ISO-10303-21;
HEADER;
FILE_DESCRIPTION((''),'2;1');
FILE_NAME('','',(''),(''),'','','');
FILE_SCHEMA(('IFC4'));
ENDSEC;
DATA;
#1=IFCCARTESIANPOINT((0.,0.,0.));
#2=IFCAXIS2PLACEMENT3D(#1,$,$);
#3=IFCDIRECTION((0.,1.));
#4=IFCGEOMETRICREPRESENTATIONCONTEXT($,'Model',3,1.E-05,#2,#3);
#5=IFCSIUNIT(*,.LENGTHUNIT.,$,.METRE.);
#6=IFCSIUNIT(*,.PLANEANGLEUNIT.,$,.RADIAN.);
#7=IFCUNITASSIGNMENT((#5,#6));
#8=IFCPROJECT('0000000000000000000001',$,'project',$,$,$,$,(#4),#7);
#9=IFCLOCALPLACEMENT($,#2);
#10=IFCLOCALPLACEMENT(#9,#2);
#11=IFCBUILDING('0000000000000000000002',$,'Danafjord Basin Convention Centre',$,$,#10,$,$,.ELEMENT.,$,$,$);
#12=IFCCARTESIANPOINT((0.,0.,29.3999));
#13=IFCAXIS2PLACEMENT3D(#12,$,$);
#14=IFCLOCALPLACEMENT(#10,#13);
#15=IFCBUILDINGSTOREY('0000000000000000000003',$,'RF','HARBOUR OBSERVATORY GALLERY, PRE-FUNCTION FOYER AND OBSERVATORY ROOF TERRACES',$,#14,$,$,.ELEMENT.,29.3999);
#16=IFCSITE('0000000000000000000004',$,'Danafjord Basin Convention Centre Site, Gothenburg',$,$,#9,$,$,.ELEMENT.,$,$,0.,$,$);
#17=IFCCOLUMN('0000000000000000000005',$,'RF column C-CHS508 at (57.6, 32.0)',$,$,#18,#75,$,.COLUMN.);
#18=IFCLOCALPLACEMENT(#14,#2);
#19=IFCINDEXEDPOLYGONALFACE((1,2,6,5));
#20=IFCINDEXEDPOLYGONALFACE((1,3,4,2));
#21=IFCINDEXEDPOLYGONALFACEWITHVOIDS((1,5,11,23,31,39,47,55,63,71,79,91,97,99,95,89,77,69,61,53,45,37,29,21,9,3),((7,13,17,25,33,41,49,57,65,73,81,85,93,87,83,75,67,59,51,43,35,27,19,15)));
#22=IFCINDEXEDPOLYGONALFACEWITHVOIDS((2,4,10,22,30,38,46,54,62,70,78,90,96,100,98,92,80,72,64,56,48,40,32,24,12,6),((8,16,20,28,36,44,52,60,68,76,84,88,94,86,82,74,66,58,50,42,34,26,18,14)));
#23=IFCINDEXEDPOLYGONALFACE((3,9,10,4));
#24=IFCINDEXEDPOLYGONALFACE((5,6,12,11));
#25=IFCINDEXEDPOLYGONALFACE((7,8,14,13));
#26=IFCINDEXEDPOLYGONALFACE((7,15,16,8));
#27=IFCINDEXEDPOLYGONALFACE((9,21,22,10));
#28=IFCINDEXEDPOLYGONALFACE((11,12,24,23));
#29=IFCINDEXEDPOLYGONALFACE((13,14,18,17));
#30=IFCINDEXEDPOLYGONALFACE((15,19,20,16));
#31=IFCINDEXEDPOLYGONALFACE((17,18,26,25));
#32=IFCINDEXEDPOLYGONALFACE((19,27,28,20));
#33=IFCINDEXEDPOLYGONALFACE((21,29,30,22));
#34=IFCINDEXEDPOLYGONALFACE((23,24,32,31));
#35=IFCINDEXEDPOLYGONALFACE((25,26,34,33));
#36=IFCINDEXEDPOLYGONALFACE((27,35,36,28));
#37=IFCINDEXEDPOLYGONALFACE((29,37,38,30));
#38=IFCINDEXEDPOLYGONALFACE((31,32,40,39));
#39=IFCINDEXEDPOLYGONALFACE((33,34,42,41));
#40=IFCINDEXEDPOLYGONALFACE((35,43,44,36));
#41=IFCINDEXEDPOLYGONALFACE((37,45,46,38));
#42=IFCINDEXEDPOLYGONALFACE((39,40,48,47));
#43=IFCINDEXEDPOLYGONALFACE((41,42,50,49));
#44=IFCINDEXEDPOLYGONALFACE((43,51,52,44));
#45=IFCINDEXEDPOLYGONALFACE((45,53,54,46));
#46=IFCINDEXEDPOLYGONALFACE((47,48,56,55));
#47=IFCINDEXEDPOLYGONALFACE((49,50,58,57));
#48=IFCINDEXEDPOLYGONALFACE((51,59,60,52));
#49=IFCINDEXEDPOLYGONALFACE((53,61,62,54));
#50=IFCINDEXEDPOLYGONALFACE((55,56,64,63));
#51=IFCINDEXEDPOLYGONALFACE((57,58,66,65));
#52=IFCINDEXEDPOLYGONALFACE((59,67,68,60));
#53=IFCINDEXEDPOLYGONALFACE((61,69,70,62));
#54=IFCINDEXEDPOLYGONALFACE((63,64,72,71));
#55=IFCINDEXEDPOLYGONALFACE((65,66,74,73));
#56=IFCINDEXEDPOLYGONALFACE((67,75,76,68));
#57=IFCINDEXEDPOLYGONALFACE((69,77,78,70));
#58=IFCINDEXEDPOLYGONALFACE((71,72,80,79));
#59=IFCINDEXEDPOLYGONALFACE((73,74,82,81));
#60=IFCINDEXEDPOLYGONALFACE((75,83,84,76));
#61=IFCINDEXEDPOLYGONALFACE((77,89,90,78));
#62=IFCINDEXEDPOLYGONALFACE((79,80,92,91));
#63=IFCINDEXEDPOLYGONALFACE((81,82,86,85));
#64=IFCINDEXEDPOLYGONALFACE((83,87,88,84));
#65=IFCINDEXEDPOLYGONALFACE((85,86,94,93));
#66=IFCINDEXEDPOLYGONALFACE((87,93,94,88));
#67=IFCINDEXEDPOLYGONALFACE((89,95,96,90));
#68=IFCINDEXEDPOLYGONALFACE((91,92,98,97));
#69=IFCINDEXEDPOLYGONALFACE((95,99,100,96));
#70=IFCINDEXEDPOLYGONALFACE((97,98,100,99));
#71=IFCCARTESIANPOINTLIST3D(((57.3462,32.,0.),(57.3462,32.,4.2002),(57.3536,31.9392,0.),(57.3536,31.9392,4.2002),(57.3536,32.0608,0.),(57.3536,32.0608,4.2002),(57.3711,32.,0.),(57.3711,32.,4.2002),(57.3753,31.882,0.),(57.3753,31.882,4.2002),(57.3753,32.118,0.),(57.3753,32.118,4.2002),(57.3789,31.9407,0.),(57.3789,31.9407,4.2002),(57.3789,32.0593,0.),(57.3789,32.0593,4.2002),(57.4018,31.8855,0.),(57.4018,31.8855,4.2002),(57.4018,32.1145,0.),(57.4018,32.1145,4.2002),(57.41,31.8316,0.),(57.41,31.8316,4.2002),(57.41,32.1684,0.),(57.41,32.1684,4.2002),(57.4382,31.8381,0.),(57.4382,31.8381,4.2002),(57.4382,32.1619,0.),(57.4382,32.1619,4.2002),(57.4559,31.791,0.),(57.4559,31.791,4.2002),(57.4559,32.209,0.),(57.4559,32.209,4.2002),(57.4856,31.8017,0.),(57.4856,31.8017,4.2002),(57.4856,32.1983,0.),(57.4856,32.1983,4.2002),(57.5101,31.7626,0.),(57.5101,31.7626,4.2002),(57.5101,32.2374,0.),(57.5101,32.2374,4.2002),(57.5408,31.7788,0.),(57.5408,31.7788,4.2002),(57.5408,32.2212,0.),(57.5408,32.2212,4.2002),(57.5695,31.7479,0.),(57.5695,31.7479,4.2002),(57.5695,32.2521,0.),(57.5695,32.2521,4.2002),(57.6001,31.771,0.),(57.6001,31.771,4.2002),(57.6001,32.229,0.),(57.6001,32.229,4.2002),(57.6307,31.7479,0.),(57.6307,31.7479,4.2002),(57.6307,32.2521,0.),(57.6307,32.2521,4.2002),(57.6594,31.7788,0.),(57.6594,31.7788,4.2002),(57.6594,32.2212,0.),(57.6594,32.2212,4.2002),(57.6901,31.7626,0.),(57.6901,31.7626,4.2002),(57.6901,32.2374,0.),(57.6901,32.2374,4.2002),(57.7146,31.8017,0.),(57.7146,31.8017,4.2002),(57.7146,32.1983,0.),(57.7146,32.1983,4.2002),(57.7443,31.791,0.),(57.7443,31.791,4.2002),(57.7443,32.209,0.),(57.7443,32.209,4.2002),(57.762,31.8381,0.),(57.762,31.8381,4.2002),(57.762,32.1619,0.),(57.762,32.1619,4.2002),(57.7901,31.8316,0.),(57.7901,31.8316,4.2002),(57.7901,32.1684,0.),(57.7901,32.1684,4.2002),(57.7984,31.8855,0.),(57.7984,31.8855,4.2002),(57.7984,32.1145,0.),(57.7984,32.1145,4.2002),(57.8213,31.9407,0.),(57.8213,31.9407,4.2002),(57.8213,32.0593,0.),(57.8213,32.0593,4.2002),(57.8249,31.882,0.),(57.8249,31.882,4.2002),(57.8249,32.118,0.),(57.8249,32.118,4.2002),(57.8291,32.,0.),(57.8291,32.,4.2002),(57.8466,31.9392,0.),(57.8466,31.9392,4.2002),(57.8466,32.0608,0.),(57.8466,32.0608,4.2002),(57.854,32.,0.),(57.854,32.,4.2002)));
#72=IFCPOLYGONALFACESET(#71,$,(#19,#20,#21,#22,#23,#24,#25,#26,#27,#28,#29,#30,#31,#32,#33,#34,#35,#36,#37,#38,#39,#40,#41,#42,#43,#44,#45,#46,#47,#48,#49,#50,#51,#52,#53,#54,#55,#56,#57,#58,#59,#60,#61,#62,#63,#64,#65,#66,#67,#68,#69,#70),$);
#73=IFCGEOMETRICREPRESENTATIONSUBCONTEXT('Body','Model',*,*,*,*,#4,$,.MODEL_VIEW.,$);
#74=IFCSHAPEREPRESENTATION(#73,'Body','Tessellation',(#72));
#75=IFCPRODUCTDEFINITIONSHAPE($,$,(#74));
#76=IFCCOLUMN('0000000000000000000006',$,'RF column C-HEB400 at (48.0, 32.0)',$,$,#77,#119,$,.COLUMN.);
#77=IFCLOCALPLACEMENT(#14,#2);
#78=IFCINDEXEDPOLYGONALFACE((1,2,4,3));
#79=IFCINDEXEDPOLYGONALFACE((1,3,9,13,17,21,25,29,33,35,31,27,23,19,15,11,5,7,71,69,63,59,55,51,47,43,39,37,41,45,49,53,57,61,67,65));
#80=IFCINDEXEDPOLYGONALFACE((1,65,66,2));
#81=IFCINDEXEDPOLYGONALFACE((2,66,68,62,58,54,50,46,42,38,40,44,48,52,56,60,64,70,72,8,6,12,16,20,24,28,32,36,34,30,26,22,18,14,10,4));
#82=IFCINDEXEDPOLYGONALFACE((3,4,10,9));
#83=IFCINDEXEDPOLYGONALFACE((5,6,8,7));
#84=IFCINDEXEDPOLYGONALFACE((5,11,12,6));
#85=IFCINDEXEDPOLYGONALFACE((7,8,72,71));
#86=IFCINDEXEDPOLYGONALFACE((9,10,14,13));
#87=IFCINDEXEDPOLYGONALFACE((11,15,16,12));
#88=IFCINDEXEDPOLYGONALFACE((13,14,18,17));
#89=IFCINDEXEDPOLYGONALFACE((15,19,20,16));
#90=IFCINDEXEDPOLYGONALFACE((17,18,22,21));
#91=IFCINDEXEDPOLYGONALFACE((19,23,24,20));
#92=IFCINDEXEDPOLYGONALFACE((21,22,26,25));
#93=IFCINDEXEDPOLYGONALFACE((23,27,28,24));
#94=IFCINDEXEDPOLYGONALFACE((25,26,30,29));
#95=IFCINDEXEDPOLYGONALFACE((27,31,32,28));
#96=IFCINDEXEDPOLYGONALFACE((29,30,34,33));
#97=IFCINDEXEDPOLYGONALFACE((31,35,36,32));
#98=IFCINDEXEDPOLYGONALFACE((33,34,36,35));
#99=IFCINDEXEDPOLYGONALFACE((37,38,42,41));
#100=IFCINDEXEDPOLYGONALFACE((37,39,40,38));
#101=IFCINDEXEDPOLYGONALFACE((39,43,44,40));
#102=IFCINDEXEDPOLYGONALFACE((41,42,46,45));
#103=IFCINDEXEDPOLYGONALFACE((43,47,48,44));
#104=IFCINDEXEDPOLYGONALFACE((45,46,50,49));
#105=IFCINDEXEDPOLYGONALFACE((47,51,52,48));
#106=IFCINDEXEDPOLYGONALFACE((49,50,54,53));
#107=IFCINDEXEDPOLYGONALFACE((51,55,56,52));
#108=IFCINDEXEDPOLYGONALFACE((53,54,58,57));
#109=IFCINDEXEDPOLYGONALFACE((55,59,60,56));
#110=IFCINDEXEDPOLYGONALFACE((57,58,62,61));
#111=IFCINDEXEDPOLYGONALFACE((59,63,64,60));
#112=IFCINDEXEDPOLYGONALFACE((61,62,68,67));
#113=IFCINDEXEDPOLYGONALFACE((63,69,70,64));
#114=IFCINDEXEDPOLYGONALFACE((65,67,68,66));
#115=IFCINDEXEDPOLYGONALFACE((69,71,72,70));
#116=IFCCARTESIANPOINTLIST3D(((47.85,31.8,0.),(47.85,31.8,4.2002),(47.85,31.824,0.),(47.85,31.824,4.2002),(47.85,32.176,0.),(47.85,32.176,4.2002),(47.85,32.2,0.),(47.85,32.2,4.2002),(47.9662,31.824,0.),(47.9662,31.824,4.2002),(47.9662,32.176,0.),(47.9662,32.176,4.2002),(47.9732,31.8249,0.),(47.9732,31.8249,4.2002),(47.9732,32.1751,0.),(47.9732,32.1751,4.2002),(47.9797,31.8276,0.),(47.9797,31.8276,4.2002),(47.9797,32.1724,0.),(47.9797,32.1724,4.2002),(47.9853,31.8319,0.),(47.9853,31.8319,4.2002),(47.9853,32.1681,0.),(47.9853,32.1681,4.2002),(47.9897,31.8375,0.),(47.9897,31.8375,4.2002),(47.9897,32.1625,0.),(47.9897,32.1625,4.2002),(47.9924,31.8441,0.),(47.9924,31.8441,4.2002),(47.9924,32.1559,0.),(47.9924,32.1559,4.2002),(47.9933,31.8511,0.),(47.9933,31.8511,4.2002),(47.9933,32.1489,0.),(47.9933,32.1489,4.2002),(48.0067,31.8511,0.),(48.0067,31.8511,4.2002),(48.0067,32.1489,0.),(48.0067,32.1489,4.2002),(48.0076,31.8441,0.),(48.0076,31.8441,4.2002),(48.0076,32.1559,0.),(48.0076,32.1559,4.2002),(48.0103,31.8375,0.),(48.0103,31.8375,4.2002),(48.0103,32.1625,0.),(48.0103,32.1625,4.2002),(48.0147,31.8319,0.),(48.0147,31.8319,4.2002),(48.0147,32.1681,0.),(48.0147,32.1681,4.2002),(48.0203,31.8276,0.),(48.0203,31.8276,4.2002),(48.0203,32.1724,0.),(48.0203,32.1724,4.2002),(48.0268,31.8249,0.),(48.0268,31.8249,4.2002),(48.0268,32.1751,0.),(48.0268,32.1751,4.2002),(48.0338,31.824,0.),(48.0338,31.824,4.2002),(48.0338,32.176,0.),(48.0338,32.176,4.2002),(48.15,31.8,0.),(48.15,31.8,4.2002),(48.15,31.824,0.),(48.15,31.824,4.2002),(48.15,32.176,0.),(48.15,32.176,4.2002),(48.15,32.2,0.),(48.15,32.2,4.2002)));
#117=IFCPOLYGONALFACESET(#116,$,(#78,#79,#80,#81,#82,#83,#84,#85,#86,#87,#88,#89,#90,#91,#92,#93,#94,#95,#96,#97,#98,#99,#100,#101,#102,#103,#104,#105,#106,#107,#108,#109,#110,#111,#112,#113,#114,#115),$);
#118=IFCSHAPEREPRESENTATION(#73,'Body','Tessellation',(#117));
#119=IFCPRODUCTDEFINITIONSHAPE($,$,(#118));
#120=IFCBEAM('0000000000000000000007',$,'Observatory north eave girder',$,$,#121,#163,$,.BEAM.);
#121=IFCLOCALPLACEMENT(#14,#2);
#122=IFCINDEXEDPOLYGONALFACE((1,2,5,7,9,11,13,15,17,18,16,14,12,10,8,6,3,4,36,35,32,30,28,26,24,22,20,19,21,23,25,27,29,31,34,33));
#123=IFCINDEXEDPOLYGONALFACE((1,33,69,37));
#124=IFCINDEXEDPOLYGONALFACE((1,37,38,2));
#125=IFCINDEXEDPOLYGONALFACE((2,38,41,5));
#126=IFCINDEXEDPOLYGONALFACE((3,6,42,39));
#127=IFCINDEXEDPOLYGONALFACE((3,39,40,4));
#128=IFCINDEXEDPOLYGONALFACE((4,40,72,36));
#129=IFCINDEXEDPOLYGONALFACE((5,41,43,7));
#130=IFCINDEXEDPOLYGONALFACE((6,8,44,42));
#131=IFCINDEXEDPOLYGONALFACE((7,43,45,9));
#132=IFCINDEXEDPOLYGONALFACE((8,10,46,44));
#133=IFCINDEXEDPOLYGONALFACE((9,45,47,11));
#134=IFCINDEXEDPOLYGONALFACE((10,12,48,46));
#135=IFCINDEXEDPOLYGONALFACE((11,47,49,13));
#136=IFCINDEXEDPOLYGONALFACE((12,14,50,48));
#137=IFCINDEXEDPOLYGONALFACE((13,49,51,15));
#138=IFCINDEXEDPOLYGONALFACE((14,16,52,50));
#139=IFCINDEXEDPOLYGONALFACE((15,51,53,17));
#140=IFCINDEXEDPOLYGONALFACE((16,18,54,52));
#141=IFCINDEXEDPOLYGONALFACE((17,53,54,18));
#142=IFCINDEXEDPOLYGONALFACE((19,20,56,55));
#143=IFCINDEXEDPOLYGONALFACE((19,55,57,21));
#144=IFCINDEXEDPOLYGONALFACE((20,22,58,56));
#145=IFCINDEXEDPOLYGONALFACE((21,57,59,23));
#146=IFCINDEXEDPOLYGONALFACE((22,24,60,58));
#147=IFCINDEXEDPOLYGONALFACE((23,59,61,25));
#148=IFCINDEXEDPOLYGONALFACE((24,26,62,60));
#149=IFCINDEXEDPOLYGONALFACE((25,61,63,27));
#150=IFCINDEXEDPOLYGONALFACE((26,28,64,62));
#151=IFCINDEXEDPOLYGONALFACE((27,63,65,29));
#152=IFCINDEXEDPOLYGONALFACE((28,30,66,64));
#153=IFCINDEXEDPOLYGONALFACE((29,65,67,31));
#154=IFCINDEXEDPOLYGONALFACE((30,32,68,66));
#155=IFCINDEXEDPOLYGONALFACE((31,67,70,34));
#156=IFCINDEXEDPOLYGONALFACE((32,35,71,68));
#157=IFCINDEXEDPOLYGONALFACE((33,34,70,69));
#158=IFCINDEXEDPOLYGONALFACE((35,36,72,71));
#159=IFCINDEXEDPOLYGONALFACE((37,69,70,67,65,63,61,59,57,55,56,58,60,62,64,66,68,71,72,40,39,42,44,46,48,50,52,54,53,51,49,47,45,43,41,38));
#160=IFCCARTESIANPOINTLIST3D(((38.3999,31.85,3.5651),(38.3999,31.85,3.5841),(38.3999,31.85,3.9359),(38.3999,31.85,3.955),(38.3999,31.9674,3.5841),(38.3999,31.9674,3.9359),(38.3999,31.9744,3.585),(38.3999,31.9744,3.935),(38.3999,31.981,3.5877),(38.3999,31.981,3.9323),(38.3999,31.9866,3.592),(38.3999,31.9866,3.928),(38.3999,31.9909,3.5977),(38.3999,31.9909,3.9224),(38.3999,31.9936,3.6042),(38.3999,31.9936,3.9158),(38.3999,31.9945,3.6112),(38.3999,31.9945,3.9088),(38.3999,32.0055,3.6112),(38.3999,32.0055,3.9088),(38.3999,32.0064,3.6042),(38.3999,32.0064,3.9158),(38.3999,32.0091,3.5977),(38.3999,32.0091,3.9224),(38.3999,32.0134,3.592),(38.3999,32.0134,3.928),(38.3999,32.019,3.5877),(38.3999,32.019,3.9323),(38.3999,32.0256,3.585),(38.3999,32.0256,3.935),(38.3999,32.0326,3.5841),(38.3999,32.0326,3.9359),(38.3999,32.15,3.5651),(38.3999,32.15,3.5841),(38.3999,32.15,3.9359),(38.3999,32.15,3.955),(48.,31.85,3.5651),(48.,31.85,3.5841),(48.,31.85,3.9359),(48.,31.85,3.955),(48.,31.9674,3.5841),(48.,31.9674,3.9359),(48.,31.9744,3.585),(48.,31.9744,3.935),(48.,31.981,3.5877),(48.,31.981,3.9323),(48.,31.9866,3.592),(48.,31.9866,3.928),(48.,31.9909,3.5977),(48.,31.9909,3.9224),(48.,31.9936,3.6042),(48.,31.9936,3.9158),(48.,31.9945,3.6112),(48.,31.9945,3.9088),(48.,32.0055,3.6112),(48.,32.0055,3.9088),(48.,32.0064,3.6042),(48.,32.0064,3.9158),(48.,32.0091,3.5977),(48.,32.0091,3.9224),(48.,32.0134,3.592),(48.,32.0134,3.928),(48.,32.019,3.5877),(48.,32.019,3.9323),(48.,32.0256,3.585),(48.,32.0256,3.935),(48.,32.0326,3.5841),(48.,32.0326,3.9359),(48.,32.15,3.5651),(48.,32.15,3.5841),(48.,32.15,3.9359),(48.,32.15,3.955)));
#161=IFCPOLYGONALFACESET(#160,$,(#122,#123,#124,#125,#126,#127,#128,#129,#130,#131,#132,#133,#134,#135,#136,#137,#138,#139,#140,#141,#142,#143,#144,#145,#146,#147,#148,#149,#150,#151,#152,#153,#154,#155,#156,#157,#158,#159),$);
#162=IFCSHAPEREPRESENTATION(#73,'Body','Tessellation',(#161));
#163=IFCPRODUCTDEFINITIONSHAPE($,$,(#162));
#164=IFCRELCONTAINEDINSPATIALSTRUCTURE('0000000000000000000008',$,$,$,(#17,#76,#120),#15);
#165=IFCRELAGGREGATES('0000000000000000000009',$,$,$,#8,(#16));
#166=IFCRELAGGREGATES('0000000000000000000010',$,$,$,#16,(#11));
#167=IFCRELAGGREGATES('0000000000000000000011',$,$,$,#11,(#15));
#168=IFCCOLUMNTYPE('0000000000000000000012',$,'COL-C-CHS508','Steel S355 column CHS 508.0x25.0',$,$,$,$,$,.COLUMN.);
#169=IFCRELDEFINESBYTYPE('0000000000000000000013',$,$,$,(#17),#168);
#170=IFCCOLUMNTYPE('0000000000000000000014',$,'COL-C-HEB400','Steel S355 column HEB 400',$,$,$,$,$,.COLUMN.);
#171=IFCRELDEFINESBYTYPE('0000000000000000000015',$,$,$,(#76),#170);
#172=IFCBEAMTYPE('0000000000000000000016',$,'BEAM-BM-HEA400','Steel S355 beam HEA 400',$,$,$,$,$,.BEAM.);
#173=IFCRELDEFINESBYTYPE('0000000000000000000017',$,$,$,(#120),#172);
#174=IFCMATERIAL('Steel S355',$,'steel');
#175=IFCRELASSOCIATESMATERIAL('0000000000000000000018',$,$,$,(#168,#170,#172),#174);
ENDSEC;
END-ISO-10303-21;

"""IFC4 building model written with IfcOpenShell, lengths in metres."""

from ifc_helpers import new_model, si_unit, direction, frame, origin, origin_2d, place, context, subcontext, project, spatial, hollow_circle, i_section, extrude, material, material_profile, profile_set, type_object, element, save


model = new_model("IFC4")

# Units and contexts
model_context = context("Model", 3, precision=1e-05, world=origin(), true_north=direction((0.0, 1.0)))
body_context = subcontext(model_context, "Body", "Model", "MODEL_VIEW")
ifc_project = project(units=[si_unit("LENGTHUNIT", "METRE"), si_unit("PLANEANGLEUNIT", "RADIAN")], contexts=[model_context])

# Site, building, storey
site_placement = place(None, origin())
site = spatial("IfcSite", under=ifc_project, at=site_placement, Name="Danafjord Basin Convention Centre Site, Gothenburg", CompositionType="ELEMENT", RefElevation=0.0)
building_placement = place(site_placement, origin())
building = spatial("IfcBuilding", under=site, at=building_placement, Name="Danafjord Basin Convention Centre", CompositionType="ELEMENT")
storey_placement = place(building_placement, frame((0.0, 0.0, 29.3999)))
storey = spatial("IfcBuildingStorey", under=building, at=storey_placement, Name="RF", Description="HARBOUR OBSERVATORY GALLERY, PRE-FUNCTION FOYER AND OBSERVATORY ROOF TERRACES", CompositionType="ELEMENT", Elevation=29.3999)

# Columns
ifc_material_1 = material(Name="Steel S355", Category="steel")
ifc_material_profile_1 = material_profile(ifc_material_1, hollow_circle(Radius=0.2539, WallThickness=0.0249, at=origin_2d()), Name="CHS 508.0x25.0")
ifc_profile_set_1 = profile_set([ifc_material_profile_1], Name="Steel S355")
column_type_1 = type_object("IfcColumnType", Name="COL-C-CHS508", Description="Steel S355 column CHS 508.0x25.0", PredefinedType="COLUMN", material=ifc_profile_set_1)
column_1_placement = place(storey_placement, frame((57.6001, 32.0, 0.0), z_axis=(0.0, 0.0, 1.0), x_axis=(1.0, 0.0, 0.0)))
element("IfcColumn", 1, at=column_1_placement, inside=storey, type_object=column_type_1, Name="RF column C-CHS508 at (57.6, 32.0)", PredefinedType="COLUMN", context=body_context, shape_type="SweptSolid", body=[
    extrude(hollow_circle(Radius=0.2539, WallThickness=0.0249, at=origin_2d()), origin(), (0.0, 0.0, 1.0), 4.2002),
])
ifc_material_profile_2 = material_profile(ifc_material_1, i_section(OverallWidth=0.3, OverallDepth=0.3999, WebThickness=0.0134, FlangeThickness=0.0239, FilletRadius=0.0271, at=origin_2d()), Name="HEB 400")
ifc_profile_set_2 = profile_set([ifc_material_profile_2], Name="Steel S355")
column_type_2 = type_object("IfcColumnType", Name="COL-C-HEB400", Description="Steel S355 column HEB 400", PredefinedType="COLUMN", material=ifc_profile_set_2)
column_2_placement = place(storey_placement, frame((48.0, 32.0, 0.0), z_axis=(0.0, 0.0, 1.0), x_axis=(1.0, 0.0, 0.0)))
element("IfcColumn", 2, at=column_2_placement, inside=storey, type_object=column_type_2, Name="RF column C-HEB400 at (48.0, 32.0)", PredefinedType="COLUMN", context=body_context, shape_type="SweptSolid", body=[
    extrude(i_section(OverallWidth=0.3, OverallDepth=0.3999, WebThickness=0.0134, FlangeThickness=0.0239, FilletRadius=0.0271, at=origin_2d()), origin(), (0.0, 0.0, 1.0), 4.2002),
])

# Beam
ifc_material_profile_3 = material_profile(ifc_material_1, i_section(OverallWidth=0.3, OverallDepth=0.3899, WebThickness=0.011, FlangeThickness=0.019, FilletRadius=0.0271, at=origin_2d()), Name="HEA 400")
ifc_profile_set_3 = profile_set([ifc_material_profile_3], Name="Steel S355")
beam_type_1 = type_object("IfcBeamType", Name="BEAM-BM-HEA400", Description="Steel S355 beam HEA 400", PredefinedType="BEAM", material=ifc_profile_set_3)
for number, where, z_axis, x_axis, name in (
    (3, (38.3999, 32.0, 3.76), (1.0, 0.0, 0.0), (0.0, 1.0, 0.0), "Observatory north eave girder"),
):
    element("IfcBeam", number, at=place(storey_placement, frame(where, z_axis=z_axis, x_axis=x_axis)), inside=storey, type_object=beam_type_1, Name=name, PredefinedType="BEAM", context=body_context, shape_type="SweptSolid", body=[
        extrude(i_section(OverallWidth=0.3, OverallDepth=0.3899, WebThickness=0.011, FlangeThickness=0.019, FilletRadius=0.0271, at=origin_2d()), origin(), (0.0, 0.0, 1.0), 9.6001),
    ])

save(model, "model.ifc")
